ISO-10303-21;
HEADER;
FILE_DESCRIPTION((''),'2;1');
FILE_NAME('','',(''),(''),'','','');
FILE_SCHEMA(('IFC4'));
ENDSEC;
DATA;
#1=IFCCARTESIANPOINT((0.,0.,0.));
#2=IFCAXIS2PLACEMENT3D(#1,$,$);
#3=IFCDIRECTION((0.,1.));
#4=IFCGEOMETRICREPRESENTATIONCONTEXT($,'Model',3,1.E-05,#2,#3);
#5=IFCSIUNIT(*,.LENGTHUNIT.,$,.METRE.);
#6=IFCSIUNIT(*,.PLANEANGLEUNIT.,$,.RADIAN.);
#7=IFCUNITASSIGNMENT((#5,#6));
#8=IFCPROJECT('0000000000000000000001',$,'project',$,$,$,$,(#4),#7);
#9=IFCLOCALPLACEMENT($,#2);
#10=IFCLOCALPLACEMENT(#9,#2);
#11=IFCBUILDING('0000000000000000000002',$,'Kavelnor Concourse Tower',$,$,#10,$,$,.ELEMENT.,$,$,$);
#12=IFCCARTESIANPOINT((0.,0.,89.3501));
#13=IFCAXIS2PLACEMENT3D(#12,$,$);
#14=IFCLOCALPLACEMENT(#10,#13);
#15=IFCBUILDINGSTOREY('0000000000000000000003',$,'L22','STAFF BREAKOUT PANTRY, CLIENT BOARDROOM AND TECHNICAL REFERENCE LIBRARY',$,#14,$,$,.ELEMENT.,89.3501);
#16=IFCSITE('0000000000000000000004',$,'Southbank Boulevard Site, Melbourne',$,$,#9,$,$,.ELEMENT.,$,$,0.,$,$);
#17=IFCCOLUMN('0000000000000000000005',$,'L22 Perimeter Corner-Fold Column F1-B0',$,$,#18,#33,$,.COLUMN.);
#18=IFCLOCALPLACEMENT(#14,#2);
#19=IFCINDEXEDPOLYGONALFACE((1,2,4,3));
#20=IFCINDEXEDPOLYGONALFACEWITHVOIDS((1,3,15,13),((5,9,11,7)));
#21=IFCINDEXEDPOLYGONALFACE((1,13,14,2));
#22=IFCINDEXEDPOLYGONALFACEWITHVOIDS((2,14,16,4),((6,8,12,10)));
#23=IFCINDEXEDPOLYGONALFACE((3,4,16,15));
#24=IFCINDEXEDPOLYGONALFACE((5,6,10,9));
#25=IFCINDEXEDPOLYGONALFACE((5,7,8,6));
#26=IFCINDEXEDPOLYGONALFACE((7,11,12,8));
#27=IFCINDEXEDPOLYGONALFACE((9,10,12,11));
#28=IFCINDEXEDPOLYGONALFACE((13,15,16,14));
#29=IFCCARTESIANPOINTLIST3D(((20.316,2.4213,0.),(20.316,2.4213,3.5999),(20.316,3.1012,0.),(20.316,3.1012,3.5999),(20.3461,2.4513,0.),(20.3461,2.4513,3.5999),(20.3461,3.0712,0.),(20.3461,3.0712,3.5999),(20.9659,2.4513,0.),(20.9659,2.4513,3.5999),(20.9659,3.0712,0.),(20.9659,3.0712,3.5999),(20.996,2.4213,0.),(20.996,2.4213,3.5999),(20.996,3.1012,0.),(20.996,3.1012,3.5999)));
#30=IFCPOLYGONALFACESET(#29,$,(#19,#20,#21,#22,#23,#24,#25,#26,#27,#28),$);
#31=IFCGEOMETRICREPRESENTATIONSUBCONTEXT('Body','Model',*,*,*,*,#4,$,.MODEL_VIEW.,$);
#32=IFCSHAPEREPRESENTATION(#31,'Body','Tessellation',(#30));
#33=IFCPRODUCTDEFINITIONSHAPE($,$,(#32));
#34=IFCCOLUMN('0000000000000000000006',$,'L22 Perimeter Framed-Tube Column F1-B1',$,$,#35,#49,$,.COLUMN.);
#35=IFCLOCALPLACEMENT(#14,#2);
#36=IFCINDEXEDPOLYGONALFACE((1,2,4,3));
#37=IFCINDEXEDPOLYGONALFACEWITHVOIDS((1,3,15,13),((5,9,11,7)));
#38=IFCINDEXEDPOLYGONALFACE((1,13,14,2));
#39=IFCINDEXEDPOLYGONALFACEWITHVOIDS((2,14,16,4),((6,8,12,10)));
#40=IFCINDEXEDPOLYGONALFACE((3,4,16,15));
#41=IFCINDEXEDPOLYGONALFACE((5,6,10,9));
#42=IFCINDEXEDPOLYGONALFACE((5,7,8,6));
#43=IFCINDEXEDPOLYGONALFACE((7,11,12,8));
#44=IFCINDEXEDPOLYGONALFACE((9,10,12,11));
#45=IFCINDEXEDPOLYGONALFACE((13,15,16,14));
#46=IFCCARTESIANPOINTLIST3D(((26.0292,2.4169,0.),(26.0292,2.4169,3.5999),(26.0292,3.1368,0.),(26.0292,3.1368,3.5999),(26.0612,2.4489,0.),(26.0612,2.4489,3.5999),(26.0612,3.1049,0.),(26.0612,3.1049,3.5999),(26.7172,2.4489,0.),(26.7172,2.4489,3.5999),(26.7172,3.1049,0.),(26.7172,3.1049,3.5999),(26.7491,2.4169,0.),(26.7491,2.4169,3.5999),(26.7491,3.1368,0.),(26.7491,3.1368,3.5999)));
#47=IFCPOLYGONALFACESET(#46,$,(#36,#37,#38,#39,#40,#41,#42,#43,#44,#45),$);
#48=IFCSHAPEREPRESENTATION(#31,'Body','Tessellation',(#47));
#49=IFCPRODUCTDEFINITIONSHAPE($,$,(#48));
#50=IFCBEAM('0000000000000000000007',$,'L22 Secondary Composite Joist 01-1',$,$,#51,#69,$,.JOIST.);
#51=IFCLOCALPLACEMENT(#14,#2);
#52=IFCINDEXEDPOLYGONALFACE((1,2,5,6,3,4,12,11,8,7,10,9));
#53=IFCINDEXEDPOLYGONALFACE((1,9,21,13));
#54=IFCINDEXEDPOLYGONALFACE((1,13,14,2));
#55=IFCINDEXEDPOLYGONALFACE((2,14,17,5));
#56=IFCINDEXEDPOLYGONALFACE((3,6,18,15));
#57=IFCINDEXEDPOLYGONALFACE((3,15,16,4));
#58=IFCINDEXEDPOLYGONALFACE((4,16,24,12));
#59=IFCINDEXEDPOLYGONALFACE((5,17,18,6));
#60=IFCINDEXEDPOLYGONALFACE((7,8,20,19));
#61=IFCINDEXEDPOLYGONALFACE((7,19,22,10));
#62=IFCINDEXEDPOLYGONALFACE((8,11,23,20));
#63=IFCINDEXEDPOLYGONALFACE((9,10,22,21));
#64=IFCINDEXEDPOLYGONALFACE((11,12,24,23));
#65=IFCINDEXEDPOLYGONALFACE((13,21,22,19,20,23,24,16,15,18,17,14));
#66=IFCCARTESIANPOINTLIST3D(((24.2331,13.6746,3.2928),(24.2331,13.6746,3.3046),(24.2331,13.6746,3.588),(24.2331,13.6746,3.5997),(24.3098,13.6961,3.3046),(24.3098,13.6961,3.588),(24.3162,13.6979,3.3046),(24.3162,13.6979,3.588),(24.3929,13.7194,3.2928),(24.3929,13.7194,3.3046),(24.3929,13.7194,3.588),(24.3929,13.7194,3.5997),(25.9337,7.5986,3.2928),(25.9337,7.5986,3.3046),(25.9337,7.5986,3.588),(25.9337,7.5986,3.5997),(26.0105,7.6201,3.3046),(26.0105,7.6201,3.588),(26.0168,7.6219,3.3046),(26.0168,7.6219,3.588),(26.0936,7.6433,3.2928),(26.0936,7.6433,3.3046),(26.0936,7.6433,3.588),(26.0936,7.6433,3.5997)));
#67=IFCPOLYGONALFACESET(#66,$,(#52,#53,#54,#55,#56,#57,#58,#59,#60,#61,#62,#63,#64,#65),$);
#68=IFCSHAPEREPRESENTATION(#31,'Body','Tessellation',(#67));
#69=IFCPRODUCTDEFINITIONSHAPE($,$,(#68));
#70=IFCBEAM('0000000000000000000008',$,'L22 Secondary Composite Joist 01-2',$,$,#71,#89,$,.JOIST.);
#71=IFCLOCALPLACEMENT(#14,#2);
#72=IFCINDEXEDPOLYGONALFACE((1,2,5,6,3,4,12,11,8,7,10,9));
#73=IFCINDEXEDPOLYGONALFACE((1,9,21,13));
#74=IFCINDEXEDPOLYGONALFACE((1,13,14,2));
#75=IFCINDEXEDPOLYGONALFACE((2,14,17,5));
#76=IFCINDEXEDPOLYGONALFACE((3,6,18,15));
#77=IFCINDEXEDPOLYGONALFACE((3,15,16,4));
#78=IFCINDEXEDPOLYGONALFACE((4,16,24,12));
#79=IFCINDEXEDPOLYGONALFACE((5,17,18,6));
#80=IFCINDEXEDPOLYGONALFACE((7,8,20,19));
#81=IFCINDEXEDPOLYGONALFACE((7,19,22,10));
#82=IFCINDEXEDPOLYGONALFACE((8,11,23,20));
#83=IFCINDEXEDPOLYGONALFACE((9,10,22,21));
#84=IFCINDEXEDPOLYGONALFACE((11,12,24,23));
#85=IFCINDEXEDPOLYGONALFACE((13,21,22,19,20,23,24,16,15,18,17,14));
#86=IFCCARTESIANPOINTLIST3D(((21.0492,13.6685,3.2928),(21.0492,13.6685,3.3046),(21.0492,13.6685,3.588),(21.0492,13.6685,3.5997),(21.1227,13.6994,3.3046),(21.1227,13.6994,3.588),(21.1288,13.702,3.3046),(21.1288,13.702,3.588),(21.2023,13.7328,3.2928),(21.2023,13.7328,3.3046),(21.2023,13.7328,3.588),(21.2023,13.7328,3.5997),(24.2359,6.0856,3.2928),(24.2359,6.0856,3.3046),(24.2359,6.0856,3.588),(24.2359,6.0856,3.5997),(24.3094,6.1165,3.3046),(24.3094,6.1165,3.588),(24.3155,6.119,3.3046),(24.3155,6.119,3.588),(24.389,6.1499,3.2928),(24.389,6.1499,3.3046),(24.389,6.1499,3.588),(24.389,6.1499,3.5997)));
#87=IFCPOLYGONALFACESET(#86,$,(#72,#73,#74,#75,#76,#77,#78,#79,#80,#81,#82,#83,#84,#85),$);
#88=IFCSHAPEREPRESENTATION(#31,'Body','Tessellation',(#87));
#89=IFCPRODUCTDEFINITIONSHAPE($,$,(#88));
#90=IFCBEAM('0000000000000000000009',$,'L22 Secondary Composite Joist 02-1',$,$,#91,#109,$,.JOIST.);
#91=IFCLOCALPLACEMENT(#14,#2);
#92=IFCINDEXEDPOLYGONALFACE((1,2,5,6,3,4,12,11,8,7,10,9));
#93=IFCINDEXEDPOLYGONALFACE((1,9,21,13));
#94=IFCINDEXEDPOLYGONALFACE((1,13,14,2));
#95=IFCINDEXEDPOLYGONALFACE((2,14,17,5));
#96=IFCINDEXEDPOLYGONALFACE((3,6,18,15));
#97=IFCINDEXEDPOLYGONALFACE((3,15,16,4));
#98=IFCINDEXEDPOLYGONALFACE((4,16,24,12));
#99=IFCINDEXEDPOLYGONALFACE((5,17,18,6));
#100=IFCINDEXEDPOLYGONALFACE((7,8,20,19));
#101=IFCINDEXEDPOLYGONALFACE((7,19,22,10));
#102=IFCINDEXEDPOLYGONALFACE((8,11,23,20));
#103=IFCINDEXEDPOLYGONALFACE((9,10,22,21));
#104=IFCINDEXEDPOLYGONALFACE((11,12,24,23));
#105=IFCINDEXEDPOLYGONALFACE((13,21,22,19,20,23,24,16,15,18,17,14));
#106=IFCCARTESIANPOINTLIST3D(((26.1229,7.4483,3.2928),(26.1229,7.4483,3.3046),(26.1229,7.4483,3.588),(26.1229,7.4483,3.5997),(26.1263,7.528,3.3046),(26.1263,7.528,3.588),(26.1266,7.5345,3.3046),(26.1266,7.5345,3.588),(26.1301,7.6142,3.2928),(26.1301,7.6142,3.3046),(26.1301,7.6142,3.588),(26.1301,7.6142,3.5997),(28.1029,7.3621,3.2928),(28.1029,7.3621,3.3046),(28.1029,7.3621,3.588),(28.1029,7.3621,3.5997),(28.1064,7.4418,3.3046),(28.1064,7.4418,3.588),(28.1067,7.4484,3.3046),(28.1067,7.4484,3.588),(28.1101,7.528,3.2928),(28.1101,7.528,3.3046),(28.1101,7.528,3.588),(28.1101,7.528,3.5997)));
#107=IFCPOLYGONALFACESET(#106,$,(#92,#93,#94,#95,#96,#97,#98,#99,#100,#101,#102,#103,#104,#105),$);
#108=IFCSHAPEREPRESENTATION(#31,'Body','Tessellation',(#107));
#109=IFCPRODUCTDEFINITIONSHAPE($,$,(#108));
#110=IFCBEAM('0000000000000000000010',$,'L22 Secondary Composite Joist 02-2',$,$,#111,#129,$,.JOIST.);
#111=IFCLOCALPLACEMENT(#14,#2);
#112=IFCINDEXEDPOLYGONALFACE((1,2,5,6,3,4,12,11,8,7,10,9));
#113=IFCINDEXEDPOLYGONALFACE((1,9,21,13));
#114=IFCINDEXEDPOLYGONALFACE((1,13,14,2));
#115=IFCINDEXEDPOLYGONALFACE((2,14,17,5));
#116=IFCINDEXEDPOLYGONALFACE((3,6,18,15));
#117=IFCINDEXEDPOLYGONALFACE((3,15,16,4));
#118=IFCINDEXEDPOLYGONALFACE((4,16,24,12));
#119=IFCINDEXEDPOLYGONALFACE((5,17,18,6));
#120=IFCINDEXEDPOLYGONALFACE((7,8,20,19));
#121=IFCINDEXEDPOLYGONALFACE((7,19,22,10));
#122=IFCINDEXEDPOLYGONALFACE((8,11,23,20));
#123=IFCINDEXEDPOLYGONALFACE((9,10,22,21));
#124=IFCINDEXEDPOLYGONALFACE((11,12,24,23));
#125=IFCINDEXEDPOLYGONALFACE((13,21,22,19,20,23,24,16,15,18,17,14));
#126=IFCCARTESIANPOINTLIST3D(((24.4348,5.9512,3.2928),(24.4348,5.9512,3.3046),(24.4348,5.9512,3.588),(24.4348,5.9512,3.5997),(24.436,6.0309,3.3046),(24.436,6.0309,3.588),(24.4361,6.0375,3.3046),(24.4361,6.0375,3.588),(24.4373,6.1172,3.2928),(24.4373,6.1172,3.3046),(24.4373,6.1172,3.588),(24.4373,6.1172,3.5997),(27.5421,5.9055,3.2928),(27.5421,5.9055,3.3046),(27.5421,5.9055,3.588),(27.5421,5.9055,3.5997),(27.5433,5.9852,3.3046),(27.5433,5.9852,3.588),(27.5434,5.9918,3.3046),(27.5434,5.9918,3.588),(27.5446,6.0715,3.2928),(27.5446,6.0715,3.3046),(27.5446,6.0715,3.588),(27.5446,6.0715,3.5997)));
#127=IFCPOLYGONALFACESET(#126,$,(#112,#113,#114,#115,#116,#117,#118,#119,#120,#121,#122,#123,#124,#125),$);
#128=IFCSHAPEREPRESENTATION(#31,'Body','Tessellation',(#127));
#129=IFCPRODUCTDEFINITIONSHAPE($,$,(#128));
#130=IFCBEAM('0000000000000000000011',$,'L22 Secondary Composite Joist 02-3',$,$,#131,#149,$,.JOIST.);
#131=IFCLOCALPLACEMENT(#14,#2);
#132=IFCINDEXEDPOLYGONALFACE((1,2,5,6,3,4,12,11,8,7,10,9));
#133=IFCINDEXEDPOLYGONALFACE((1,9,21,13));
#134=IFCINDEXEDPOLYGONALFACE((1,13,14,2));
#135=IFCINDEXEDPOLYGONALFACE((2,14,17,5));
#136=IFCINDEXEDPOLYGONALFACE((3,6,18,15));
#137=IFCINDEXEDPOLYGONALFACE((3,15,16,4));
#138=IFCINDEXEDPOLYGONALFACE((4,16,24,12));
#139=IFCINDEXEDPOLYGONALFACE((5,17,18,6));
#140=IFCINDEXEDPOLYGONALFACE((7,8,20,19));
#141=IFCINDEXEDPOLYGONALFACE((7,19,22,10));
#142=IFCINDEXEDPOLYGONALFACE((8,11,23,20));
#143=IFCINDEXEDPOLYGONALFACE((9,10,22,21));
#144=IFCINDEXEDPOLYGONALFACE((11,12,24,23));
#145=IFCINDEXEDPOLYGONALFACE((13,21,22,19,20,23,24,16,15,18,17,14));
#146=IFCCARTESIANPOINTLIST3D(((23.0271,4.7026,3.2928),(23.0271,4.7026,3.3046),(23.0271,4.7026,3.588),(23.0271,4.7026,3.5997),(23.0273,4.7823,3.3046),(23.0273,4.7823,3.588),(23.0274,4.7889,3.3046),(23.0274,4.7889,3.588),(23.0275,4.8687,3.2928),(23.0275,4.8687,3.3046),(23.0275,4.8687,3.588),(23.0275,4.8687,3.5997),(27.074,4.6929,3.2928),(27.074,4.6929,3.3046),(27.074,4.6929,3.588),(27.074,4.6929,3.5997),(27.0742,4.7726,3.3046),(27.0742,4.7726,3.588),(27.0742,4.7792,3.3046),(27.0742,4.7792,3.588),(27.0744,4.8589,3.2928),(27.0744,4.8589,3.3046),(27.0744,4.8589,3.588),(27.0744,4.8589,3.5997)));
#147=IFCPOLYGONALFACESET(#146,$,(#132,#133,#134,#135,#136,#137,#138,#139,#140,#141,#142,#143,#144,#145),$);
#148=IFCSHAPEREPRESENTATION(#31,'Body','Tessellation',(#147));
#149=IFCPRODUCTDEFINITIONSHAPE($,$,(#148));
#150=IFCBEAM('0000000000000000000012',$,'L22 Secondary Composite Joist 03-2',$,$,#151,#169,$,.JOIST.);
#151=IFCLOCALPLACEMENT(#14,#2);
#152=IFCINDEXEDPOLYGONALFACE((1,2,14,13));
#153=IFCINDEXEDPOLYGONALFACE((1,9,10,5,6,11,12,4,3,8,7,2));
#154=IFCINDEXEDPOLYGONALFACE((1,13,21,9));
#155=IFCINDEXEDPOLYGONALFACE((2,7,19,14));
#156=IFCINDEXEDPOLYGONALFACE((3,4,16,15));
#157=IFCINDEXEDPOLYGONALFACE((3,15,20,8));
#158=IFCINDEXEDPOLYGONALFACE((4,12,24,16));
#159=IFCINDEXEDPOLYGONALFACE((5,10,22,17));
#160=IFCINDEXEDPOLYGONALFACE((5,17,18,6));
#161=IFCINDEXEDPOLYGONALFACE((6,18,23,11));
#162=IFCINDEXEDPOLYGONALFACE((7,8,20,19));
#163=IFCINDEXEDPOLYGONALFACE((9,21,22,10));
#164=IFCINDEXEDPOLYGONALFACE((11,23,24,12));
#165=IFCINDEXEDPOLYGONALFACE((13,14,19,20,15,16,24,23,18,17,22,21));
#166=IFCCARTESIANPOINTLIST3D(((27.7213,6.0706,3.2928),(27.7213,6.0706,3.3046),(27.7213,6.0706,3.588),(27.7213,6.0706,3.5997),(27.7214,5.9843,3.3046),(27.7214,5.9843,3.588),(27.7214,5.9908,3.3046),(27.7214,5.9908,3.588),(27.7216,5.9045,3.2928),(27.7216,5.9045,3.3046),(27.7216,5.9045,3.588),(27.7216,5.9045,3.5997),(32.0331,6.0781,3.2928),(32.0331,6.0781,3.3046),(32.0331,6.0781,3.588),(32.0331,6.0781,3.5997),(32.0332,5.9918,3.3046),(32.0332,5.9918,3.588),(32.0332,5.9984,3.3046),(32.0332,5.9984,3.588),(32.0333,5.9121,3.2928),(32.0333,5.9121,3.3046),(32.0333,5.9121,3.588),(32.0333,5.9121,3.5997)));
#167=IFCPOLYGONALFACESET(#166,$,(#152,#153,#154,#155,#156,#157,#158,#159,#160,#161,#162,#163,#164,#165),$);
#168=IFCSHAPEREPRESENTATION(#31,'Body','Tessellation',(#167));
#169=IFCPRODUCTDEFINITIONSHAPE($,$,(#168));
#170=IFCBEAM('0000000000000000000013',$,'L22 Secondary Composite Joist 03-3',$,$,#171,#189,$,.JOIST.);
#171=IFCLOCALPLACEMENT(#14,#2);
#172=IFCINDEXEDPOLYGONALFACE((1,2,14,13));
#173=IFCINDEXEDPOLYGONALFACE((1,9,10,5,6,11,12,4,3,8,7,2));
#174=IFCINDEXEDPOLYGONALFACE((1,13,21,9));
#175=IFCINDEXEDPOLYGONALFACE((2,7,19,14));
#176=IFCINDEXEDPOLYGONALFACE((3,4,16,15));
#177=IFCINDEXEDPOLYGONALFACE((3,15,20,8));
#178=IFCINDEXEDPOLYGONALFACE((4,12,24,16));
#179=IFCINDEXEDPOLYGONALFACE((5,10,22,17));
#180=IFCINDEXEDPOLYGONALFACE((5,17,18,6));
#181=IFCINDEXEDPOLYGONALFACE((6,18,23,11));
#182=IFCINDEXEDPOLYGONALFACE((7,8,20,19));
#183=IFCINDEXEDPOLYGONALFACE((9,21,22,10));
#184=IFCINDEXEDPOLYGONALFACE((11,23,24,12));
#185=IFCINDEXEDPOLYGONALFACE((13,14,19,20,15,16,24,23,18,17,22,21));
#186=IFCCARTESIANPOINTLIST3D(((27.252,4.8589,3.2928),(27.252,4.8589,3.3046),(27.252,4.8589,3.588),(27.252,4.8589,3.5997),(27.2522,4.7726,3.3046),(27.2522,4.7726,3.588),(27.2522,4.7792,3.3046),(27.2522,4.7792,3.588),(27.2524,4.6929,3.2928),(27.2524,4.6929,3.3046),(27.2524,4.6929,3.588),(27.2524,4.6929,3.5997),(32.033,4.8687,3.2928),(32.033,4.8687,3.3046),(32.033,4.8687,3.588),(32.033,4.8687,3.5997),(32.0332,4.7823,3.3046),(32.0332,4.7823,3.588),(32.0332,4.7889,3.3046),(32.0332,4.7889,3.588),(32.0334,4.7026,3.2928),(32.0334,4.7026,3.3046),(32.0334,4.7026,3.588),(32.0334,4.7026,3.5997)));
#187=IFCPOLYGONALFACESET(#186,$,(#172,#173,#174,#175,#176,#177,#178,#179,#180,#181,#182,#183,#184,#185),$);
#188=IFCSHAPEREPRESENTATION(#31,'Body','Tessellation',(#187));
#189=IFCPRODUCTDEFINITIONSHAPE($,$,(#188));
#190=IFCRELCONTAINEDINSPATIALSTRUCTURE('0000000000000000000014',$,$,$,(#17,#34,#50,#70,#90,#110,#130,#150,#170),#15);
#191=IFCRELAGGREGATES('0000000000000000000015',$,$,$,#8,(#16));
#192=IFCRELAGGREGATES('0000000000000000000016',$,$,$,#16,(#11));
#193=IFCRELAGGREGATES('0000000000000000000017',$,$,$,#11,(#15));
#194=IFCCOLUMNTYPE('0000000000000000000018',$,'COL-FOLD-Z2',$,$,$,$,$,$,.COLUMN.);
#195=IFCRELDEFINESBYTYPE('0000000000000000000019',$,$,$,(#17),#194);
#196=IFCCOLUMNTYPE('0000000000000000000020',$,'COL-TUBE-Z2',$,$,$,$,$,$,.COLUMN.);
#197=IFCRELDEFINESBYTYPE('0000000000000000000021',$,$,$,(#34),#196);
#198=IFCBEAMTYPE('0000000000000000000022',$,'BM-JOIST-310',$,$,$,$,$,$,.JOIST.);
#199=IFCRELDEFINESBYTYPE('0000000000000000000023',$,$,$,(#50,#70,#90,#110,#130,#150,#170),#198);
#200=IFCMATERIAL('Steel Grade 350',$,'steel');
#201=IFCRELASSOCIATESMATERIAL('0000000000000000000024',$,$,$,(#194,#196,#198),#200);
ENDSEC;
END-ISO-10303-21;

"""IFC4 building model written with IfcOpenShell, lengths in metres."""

from ifc_helpers import new_model, si_unit, direction, frame, origin, origin_2d, place, context, subcontext, project, spatial, hollow_rectangle, i_section, extrude, material, material_profile, profile_set, type_object, element, save


model = new_model("IFC4")

# Units and contexts
model_context = context("Model", 3, precision=1e-05, world=origin(), true_north=direction((0.0, 1.0)))
body_context = subcontext(model_context, "Body", "Model", "MODEL_VIEW")
ifc_project = project(units=[si_unit("LENGTHUNIT", "METRE"), si_unit("PLANEANGLEUNIT", "RADIAN")], contexts=[model_context])

# Site, building, storey
site_placement = place(None, origin())
site = spatial("IfcSite", under=ifc_project, at=site_placement, Name="Southbank Boulevard Site, Melbourne", CompositionType="ELEMENT", RefElevation=0.0)
building_placement = place(site_placement, origin())
building = spatial("IfcBuilding", under=site, at=building_placement, Name="Kavelnor Concourse Tower", CompositionType="ELEMENT")
storey_placement = place(building_placement, frame((0.0, 0.0, 89.3501)))
storey = spatial("IfcBuildingStorey", under=building, at=storey_placement, Name="L22", Description="STAFF BREAKOUT PANTRY, CLIENT BOARDROOM AND TECHNICAL REFERENCE LIBRARY", CompositionType="ELEMENT", Elevation=89.3501)

# Columns
ifc_material_1 = material(Name="Steel Grade 350", Category="steel")
ifc_material_profile_1 = material_profile(ifc_material_1, hollow_rectangle(XDim=0.6799, YDim=0.6799, WallThickness=0.03, at=origin_2d()), Name="SHS 680x680x30")
ifc_profile_set_1 = profile_set([ifc_material_profile_1], Name="Steel Grade 350")
column_type_1 = type_object("IfcColumnType", Name="COL-FOLD-Z2", PredefinedType="COLUMN", material=ifc_profile_set_1)
column_1_placement = place(storey_placement, frame((20.656, 2.7612, 0.0), z_axis=(0.0, 0.0, 1.0), x_axis=(1.0, 0.0, 0.0)))
element("IfcColumn", 1, at=column_1_placement, inside=storey, type_object=column_type_1, Name="L22 Perimeter Corner-Fold Column F1-B0", PredefinedType="COLUMN", context=body_context, shape_type="SweptSolid", body=[
    extrude(hollow_rectangle(XDim=0.6799, YDim=0.6799, WallThickness=0.03, at=origin_2d()), origin(), (0.0, 0.0, 1.0), 3.5999),
])
ifc_material_profile_2 = material_profile(ifc_material_1, hollow_rectangle(XDim=0.72, YDim=0.72, WallThickness=0.032, at=origin_2d()), Name="SHS 720x720x32")
ifc_profile_set_2 = profile_set([ifc_material_profile_2], Name="Steel Grade 350")
column_type_2 = type_object("IfcColumnType", Name="COL-TUBE-Z2", PredefinedType="COLUMN", material=ifc_profile_set_2)
column_2_placement = place(storey_placement, frame((26.3892, 2.7769, 0.0), z_axis=(0.0, 0.0, 1.0), x_axis=(1.0, 0.0, 0.0)))
element("IfcColumn", 2, at=column_2_placement, inside=storey, type_object=column_type_2, Name="L22 Perimeter Framed-Tube Column F1-B1", PredefinedType="COLUMN", context=body_context, shape_type="SweptSolid", body=[
    extrude(hollow_rectangle(XDim=0.72, YDim=0.72, WallThickness=0.032, at=origin_2d()), origin(), (0.0, 0.0, 1.0), 3.5999),
])

# Beams
ifc_material_profile_3 = material_profile(ifc_material_1, i_section(OverallWidth=0.166, OverallDepth=0.3069, WebThickness=0.0066, FlangeThickness=0.0117, at=origin_2d()), Name="310UB46")
ifc_profile_set_3 = profile_set([ifc_material_profile_3], Name="Steel Grade 350")
beam_type_1 = type_object("IfcBeamType", Name="BM-JOIST-310", PredefinedType="JOIST", material=ifc_profile_set_3)
beam_1_placement = place(storey_placement, frame((24.313, 13.697, 3.4463), z_axis=(0.269535, -0.962991, 0.0), x_axis=(0.962991, 0.269535, 0.0)))
element("IfcBeam", 3, at=beam_1_placement, inside=storey, type_object=beam_type_1, Name="L22 Secondary Composite Joist 01-1", PredefinedType="JOIST", context=body_context, shape_type="SweptSolid", body=[
    extrude(i_section(OverallWidth=0.166, OverallDepth=0.3069, WebThickness=0.0066, FlangeThickness=0.0117, at=origin_2d()), origin(), (0.0, 0.0, 1.0), 6.3096),
])
beam_2_placement = place(storey_placement, frame((21.1257, 13.7007, 3.4463), z_axis=(0.387429, -0.921899, 0.0), x_axis=(0.921899, 0.387429, 0.0)))
element("IfcBeam", 4, at=beam_2_placement, inside=storey, type_object=beam_type_1, Name="L22 Secondary Composite Joist 01-2", PredefinedType="JOIST", context=body_context, shape_type="SweptSolid", body=[
    extrude(i_section(OverallWidth=0.166, OverallDepth=0.3069, WebThickness=0.0066, FlangeThickness=0.0117, at=origin_2d()), origin(), (0.0, 0.0, 1.0), 8.2253),
])
beam_3_placement = place(storey_placement, frame((26.1265, 7.5312, 3.4463), z_axis=(0.999054, -0.043485, 0.0), x_axis=(0.043485, 0.999054, 0.0)))
element("IfcBeam", 5, at=beam_3_placement, inside=storey, type_object=beam_type_1, Name="L22 Secondary Composite Joist 02-1", PredefinedType="JOIST", context=body_context, shape_type="SweptSolid", body=[
    extrude(i_section(OverallWidth=0.166, OverallDepth=0.3069, WebThickness=0.0066, FlangeThickness=0.0117, at=origin_2d()), origin(), (0.0, 0.0, 1.0), 1.9819),
])
beam_4_placement = place(storey_placement, frame((24.436, 6.0342, 3.4463), z_axis=(0.999892, -0.01469, 0.0), x_axis=(0.01469, 0.999892, 0.0)))
element("IfcBeam", 6, at=beam_4_placement, inside=storey, type_object=beam_type_1, Name="L22 Secondary Composite Joist 02-2", PredefinedType="JOIST", context=body_context, shape_type="SweptSolid", body=[
    extrude(i_section(OverallWidth=0.166, OverallDepth=0.3069, WebThickness=0.0066, FlangeThickness=0.0117, at=origin_2d()), origin(), (0.0, 0.0, 1.0), 3.1077),
])
beam_5_placement = place(storey_placement, frame((23.0273, 4.7856, 3.4463), z_axis=(0.999997, -0.002413, 0.0), x_axis=(0.002413, 0.999997, 0.0)))
element("IfcBeam", 7, at=beam_5_placement, inside=storey, type_object=beam_type_1, Name="L22 Secondary Composite Joist 02-3", PredefinedType="JOIST", context=body_context, shape_type="SweptSolid", body=[
    extrude(i_section(OverallWidth=0.166, OverallDepth=0.3069, WebThickness=0.0066, FlangeThickness=0.0117, at=origin_2d()), origin(), (0.0, 0.0, 1.0), 4.0469),
])
beam_6_placement = place(storey_placement, frame((27.7214, 5.9875, 3.4463), z_axis=(0.999998, 0.001755, 0.0), x_axis=(-0.001755, 0.999998, 0.0)))
element("IfcBeam", 8, at=beam_6_placement, inside=storey, type_object=beam_type_1, Name="L22 Secondary Composite Joist 03-2", PredefinedType="JOIST", context=body_context, shape_type="SweptSolid", body=[
    extrude(i_section(OverallWidth=0.166, OverallDepth=0.3069, WebThickness=0.0066, FlangeThickness=0.0117, at=origin_2d()), origin(), (0.0, 0.0, 1.0), 4.3118),
])
beam_7_placement = place(storey_placement, frame((27.2522, 4.7759, 3.4463), z_axis=(0.999998, 0.002043, 0.0), x_axis=(-0.002043, 0.999998, 0.0)))
element("IfcBeam", 9, at=beam_7_placement, inside=storey, type_object=beam_type_1, Name="L22 Secondary Composite Joist 03-3", PredefinedType="JOIST", context=body_context, shape_type="SweptSolid", body=[
    extrude(i_section(OverallWidth=0.166, OverallDepth=0.3069, WebThickness=0.0066, FlangeThickness=0.0117, at=origin_2d()), origin(), (0.0, 0.0, 1.0), 4.781),
])

save(model, "model.ifc")
